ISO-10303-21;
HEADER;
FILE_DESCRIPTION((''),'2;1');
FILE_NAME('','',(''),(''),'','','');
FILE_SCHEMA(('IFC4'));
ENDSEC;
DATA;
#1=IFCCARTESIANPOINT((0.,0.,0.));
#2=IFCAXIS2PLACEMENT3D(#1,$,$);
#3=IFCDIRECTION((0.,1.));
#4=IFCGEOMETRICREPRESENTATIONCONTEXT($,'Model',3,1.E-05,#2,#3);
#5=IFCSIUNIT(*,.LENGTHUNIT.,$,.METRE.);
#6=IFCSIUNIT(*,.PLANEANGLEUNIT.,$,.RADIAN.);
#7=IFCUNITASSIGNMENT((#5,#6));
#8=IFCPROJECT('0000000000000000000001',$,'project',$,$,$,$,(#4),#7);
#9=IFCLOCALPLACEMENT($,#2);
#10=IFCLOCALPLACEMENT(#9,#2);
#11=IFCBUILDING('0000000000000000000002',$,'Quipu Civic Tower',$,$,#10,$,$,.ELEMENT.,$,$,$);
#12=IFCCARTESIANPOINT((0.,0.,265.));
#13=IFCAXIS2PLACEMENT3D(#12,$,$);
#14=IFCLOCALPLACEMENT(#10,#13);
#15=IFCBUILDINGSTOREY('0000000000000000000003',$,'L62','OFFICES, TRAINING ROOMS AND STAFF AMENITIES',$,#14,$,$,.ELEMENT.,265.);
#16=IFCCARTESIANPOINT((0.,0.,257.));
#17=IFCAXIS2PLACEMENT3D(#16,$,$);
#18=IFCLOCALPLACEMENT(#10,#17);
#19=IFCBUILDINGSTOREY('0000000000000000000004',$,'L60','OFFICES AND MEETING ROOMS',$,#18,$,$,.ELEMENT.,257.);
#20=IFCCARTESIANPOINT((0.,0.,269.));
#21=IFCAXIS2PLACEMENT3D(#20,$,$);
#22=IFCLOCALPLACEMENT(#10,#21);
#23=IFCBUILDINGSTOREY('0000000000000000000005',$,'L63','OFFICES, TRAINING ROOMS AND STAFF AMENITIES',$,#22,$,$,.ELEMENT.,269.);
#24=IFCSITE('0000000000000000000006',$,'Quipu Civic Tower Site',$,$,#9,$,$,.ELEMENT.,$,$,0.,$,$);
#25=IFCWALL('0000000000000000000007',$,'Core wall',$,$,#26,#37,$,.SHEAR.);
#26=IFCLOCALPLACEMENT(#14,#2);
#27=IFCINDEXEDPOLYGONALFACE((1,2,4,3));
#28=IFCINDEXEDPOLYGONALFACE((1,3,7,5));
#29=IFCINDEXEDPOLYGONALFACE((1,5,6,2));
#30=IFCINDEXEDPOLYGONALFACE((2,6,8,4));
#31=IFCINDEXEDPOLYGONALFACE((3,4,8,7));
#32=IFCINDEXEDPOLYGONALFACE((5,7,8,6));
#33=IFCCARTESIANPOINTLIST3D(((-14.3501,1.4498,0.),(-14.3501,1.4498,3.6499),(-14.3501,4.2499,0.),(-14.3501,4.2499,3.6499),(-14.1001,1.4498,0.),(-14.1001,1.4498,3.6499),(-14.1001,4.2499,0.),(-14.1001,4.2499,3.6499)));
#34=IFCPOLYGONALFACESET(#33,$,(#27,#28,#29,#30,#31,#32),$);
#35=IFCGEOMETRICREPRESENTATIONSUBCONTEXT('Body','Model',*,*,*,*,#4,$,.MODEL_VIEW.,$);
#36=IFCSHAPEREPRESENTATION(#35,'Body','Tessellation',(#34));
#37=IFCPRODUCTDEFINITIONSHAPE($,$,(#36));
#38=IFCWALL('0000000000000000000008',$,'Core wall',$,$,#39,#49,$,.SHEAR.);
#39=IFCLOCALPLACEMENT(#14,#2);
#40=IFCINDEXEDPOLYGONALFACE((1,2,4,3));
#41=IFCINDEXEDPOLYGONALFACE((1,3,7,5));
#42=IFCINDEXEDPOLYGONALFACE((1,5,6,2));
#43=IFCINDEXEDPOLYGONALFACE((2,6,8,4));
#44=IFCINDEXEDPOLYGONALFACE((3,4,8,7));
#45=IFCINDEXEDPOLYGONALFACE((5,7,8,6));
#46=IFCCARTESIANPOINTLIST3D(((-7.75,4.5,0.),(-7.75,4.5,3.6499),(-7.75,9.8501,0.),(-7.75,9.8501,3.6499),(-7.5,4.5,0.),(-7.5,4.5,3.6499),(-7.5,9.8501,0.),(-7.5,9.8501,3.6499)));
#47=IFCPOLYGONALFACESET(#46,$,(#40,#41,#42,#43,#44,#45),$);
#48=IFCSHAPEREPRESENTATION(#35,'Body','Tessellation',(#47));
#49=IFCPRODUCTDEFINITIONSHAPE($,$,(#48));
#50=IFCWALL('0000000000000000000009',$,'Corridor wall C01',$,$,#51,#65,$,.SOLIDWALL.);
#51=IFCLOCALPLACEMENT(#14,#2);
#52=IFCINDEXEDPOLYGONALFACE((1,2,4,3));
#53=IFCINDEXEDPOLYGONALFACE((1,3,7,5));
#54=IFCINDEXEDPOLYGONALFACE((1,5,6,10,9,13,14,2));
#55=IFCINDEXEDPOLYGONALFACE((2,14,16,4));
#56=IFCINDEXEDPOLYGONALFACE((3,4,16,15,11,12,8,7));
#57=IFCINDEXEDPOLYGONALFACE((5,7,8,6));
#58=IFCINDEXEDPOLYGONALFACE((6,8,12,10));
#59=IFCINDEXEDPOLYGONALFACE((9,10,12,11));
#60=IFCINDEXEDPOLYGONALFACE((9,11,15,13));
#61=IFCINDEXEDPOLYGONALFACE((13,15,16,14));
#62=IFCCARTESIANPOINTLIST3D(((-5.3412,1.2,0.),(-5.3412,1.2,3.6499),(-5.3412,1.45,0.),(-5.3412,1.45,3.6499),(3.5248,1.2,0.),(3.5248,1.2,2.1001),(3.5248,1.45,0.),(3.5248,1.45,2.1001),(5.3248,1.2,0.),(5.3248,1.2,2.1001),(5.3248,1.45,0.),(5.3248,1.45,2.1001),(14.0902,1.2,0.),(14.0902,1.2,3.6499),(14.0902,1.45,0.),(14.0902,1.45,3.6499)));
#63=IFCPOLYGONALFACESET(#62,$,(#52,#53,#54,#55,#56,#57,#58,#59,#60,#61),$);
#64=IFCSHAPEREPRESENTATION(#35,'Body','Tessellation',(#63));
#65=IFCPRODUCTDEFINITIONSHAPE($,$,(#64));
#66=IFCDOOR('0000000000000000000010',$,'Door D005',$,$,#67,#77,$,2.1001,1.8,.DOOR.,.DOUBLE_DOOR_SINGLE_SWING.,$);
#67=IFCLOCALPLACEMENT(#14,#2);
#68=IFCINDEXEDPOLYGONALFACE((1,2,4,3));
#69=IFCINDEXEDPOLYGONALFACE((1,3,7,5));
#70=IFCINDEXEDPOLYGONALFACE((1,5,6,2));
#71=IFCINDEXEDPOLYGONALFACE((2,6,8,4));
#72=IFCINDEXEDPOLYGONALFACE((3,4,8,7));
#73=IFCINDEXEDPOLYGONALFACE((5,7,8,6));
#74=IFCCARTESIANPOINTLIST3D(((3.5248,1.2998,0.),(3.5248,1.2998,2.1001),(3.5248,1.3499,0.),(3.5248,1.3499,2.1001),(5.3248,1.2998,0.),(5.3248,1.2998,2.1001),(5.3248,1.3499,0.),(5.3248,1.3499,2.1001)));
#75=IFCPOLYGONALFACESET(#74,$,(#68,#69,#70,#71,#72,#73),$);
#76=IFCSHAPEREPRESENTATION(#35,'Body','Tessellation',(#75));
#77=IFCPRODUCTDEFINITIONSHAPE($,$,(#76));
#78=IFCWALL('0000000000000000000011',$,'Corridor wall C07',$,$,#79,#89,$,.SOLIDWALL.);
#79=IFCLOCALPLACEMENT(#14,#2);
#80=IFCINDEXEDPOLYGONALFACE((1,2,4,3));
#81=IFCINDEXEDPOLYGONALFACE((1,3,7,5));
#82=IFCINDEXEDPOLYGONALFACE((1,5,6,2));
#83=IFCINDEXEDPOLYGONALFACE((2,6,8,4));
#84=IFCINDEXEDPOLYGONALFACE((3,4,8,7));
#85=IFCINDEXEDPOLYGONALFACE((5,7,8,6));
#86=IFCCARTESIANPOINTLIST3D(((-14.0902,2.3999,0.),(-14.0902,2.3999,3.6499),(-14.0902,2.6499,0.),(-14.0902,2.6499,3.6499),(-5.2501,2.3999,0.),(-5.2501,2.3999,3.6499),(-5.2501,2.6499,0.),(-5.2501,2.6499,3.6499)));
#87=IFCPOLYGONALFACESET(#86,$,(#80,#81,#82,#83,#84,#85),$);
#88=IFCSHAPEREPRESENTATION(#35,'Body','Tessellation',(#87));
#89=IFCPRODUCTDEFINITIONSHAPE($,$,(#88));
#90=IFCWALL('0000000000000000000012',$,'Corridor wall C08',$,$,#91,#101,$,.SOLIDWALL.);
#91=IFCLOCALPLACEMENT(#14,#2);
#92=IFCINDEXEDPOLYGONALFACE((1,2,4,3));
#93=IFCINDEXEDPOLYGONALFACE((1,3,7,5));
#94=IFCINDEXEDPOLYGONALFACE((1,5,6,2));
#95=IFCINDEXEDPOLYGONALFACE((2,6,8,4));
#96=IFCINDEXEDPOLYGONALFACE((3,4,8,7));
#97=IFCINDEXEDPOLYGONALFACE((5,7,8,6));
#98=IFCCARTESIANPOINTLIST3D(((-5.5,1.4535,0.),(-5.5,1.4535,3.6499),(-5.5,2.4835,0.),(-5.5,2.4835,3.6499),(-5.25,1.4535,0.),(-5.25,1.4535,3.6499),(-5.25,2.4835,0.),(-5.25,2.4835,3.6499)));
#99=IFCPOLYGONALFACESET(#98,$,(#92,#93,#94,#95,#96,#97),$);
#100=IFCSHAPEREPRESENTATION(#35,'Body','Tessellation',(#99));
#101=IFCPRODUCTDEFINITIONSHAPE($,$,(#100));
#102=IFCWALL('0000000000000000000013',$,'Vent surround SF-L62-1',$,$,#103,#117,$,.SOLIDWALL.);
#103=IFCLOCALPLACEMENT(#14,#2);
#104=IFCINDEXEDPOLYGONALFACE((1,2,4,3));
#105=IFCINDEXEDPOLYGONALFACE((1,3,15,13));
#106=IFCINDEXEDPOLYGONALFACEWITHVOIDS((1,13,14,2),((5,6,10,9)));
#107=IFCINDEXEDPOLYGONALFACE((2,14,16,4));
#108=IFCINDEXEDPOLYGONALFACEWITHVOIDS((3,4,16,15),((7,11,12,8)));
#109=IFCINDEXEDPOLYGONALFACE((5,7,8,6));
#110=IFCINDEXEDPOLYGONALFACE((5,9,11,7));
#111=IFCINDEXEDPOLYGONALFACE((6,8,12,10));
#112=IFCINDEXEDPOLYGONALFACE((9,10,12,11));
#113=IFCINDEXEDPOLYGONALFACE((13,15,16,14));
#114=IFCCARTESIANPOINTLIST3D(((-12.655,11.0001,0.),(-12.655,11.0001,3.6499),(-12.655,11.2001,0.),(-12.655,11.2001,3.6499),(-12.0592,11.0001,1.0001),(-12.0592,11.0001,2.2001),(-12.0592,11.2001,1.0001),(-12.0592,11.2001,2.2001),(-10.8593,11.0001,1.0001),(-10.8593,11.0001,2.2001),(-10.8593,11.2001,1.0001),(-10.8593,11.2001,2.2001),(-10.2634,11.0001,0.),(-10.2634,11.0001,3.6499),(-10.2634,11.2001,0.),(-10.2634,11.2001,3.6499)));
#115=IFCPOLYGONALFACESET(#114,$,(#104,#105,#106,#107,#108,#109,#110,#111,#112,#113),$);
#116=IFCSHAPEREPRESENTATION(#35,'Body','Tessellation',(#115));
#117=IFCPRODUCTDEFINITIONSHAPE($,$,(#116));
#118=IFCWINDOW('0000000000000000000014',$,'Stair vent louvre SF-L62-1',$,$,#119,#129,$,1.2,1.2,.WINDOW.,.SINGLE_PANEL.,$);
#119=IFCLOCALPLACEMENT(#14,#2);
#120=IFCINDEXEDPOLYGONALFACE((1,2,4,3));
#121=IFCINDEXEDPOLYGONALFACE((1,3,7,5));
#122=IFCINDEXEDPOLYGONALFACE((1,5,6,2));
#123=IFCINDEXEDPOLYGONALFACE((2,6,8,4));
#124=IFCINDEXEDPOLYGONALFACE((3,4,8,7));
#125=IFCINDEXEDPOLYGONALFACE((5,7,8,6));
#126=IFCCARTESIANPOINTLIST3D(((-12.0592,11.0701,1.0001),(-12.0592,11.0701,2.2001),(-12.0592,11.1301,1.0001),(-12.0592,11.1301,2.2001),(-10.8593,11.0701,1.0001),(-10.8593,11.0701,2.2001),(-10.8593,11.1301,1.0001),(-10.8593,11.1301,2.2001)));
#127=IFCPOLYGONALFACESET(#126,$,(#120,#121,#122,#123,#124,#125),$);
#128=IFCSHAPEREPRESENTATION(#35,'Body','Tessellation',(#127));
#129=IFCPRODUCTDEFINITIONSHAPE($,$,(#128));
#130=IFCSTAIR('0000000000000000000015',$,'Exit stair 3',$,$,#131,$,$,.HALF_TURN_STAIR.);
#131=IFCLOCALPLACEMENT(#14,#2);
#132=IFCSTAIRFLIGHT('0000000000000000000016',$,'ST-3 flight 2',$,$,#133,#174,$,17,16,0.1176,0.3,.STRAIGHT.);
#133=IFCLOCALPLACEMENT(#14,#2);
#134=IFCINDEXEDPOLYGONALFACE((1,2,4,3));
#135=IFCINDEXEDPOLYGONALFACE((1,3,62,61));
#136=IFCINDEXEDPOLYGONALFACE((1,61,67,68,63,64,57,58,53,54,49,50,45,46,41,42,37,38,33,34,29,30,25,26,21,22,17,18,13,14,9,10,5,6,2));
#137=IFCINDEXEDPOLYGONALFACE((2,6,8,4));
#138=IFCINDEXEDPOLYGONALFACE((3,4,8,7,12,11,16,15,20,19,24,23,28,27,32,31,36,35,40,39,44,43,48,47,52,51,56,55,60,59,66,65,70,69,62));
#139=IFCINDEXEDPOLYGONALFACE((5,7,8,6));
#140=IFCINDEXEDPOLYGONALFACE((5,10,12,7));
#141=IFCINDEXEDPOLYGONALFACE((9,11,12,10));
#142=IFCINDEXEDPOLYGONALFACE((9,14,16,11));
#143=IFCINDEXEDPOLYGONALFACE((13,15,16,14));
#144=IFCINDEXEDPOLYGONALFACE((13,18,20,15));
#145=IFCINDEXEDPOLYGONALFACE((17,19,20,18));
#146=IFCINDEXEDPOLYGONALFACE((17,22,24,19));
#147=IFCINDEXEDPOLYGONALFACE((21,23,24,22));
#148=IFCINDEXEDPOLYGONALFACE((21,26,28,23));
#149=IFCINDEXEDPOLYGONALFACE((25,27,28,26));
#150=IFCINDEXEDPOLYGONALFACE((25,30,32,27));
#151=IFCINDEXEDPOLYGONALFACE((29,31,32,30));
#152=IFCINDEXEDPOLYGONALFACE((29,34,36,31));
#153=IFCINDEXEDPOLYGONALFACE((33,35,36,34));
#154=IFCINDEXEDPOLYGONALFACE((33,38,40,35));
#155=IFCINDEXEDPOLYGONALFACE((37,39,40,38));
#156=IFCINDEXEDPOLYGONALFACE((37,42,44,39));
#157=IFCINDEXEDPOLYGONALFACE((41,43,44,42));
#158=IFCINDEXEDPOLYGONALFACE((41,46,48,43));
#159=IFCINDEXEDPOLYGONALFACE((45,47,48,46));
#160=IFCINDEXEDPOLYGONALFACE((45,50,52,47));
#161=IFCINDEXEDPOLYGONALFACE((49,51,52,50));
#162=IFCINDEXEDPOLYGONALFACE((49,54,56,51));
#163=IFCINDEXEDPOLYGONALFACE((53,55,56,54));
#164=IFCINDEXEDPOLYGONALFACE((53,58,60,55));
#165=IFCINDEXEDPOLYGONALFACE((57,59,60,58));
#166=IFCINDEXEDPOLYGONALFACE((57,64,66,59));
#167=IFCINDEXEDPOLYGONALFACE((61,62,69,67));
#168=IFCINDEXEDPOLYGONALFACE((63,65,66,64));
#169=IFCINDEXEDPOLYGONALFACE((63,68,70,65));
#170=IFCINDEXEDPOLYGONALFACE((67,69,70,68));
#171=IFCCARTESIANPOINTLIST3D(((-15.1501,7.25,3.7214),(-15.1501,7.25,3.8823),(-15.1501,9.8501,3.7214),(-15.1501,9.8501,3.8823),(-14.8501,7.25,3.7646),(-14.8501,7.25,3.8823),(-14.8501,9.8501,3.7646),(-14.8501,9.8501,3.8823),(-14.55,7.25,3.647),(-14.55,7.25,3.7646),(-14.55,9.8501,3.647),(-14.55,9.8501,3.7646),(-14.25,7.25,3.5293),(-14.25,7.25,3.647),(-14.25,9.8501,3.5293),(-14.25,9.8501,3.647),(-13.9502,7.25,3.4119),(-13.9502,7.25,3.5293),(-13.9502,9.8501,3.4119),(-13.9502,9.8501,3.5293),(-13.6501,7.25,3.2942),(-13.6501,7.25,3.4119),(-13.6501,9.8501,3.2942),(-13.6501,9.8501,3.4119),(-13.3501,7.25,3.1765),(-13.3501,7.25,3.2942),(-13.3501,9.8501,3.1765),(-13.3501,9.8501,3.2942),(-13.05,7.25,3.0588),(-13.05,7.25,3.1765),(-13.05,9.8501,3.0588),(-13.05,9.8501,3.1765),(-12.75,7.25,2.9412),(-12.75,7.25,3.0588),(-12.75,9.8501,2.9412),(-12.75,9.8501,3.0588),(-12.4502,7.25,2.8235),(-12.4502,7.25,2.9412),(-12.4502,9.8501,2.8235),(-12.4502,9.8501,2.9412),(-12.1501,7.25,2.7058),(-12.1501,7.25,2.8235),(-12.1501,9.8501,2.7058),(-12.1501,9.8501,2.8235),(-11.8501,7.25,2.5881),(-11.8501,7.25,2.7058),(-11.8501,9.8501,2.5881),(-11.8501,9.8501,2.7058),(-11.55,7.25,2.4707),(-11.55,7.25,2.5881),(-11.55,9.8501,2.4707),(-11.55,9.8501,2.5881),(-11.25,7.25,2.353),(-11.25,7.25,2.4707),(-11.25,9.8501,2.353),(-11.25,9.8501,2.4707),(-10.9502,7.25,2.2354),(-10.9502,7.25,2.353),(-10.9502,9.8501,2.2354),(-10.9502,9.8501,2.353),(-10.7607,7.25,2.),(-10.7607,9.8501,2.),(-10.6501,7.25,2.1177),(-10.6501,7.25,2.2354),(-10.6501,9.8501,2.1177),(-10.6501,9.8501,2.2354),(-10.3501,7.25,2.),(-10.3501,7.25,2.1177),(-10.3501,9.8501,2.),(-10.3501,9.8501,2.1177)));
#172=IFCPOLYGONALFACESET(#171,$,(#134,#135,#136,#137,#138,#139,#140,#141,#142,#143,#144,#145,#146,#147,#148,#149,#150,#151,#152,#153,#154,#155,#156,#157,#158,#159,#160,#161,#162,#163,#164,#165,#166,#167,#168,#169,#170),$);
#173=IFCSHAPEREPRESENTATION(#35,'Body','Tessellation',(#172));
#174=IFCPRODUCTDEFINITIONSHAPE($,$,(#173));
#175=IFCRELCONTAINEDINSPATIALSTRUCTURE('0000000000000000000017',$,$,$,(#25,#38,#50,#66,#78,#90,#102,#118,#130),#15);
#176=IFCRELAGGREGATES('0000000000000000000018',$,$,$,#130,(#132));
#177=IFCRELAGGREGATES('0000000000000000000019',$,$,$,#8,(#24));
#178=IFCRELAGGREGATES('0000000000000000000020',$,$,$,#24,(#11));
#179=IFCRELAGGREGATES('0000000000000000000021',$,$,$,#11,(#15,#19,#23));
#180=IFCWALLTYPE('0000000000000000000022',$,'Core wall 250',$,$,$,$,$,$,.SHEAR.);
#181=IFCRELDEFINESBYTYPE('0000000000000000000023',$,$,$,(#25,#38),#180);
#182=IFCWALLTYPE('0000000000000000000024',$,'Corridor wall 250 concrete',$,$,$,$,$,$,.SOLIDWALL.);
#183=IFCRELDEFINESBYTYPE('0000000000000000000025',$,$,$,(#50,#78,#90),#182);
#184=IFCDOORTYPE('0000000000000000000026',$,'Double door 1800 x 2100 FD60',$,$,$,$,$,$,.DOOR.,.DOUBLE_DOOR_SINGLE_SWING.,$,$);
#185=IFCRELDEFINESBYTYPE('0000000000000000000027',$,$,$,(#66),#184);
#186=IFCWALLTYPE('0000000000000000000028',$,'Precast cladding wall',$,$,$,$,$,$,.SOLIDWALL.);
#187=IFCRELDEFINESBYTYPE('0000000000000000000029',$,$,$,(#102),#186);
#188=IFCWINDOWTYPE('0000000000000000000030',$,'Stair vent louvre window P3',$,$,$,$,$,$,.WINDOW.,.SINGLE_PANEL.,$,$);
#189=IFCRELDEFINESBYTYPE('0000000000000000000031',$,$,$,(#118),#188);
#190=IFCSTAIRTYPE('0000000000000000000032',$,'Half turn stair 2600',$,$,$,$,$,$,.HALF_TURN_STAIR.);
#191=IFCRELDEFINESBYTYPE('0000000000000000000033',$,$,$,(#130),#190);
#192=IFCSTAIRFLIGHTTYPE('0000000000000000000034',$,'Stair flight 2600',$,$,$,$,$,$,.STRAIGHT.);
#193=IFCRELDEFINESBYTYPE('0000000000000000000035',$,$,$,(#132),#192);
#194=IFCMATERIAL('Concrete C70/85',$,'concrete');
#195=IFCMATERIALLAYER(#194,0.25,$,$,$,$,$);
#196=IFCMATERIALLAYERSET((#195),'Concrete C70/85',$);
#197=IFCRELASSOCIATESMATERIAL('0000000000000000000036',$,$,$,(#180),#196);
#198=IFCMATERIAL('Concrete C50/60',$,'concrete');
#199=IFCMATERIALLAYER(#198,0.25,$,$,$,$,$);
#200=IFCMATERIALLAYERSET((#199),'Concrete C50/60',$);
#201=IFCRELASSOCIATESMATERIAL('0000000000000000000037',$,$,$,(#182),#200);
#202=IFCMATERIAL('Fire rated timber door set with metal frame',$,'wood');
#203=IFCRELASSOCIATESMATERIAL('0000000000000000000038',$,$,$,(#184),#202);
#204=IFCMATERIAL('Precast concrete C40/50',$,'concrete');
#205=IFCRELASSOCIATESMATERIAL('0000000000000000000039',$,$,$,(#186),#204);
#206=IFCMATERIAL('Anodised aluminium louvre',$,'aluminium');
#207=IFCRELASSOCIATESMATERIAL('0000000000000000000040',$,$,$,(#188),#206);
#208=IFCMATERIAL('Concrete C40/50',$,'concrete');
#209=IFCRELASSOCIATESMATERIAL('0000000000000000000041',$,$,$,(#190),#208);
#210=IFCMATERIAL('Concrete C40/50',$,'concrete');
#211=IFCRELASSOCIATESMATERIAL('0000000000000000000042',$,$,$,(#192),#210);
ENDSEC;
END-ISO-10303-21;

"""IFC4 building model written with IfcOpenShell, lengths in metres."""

from ifc_helpers import new_model, si_unit, direction, frame, frame_2d, origin, place, context, subcontext, project, spatial, polyline, rectangle, outline, extrude, material, layer, layer_set, type_object, element, fill, aggregate, save


model = new_model("IFC4")

# Units and contexts
model_context = context("Model", 3, precision=1e-05, world=origin(), true_north=direction((0.0, 1.0)))
body_context = subcontext(model_context, "Body", "Model", "MODEL_VIEW")
ifc_project = project(units=[si_unit("LENGTHUNIT", "METRE"), si_unit("PLANEANGLEUNIT", "RADIAN")], contexts=[model_context])

# Site, building, storey
site_placement = place(None, origin())
site = spatial("IfcSite", under=ifc_project, at=site_placement, Name="Quipu Civic Tower Site", CompositionType="ELEMENT", RefElevation=0.0)
building_placement = place(site_placement, origin())
building = spatial("IfcBuilding", under=site, at=building_placement, Name="Quipu Civic Tower", CompositionType="ELEMENT")
storey_1_placement = place(building_placement, frame((0.0, 0.0, 265.0)))
storey_1 = spatial("IfcBuildingStorey", under=building, at=storey_1_placement, Name="L62", Description="OFFICES, TRAINING ROOMS AND STAFF AMENITIES", CompositionType="ELEMENT", Elevation=265.0)

# Shared definitions
storey_2_placement = place(building_placement, frame((0.0, 0.0, 257.0)))
storey_2 = spatial("IfcBuildingStorey", under=building, at=storey_2_placement, Name="L60", Description="OFFICES AND MEETING ROOMS", CompositionType="ELEMENT", Elevation=257.0)

# Shared definitions
storey_3_placement = place(building_placement, frame((0.0, 0.0, 269.0)))
storey_3 = spatial("IfcBuildingStorey", under=building, at=storey_3_placement, Name="L63", Description="OFFICES, TRAINING ROOMS AND STAFF AMENITIES", CompositionType="ELEMENT", Elevation=269.0)

# Walls
ifc_material_1 = material(Name="Concrete C70/85", Category="concrete")
ifc_layer_1 = layer(ifc_material_1, 0.25)
ifc_layer_set_1 = layer_set([ifc_layer_1], Name="Concrete C70/85")
wall_type_1 = type_object("IfcWallType", Name="Core wall 250", PredefinedType="SHEAR", material=ifc_layer_set_1)
wall_1_placement = place(storey_1_placement, frame((-14.2251, 1.45, 0.0), z_axis=(0.0, 0.0, 1.0), x_axis=(0.0, 1.0, 0.0)))
element("IfcWall", 1, at=wall_1_placement, inside=storey_1, type_object=wall_type_1, Name="Core wall", PredefinedType="SHEAR", context=body_context, shape_type="SweptSolid", body=[
    extrude(rectangle(XDim=2.8, YDim=0.25, at=frame_2d((1.3999, 0.0))), origin(), (0.0, 0.0, 1.0), 3.6499),
])
wall_2_placement = place(storey_1_placement, frame((-7.625, 4.5, 0.0), z_axis=(0.0, 0.0, 1.0), x_axis=(0.0, 1.0, 0.0)))
element("IfcWall", 2, at=wall_2_placement, inside=storey_1, type_object=wall_type_1, Name="Core wall", PredefinedType="SHEAR", context=body_context, shape_type="SweptSolid", body=[
    extrude(rectangle(XDim=5.3501, YDim=0.25, at=frame_2d((2.675, 0.0))), origin(), (0.0, 0.0, 1.0), 3.6499),
])

# Wall, opening, door
ifc_material_2 = material(Name="Concrete C50/60", Category="concrete")
ifc_layer_2 = layer(ifc_material_2, 0.25)
ifc_layer_set_2 = layer_set([ifc_layer_2], Name="Concrete C50/60")
wall_type_2 = type_object("IfcWallType", Name="Corridor wall 250 concrete", PredefinedType="SOLIDWALL", material=ifc_layer_set_2)
wall_3_placement = place(storey_1_placement, frame((-5.3413, 1.325, 0.0), z_axis=(0.0, 0.0, 1.0), x_axis=(1.0, 0.0, 0.0)))
wall_3 = element("IfcWall", 3, at=wall_3_placement, inside=storey_1, type_object=wall_type_2, Name="Corridor wall C01", PredefinedType="SOLIDWALL", context=body_context, shape_type="SweptSolid", body=[
    extrude(rectangle(XDim=19.4314, YDim=0.25, at=frame_2d((9.7158, 0.0))), origin(), (0.0, 0.0, 1.0), 3.6499),
])
opening_1_placement = place(wall_3_placement, frame((8.8662, 0.0, 0.0)))
opening_1 = element("IfcOpeningElement", 4, at=opening_1_placement, cuts=wall_3, PredefinedType="OPENING", context=body_context, shape_type="SweptSolid", body=[
    extrude(rectangle(XDim=1.8, YDim=2.1001, at=frame_2d((0.8999, 1.05))), frame((0.0, 0.135, 0.0), z_axis=(0.0, -1.0, 0.0), x_axis=(1.0, 0.0, 0.0)), (0.0, 0.0, 1.0), 0.27),
])
ifc_material_3 = material(Name="Fire rated timber door set with metal frame", Category="wood")
door_type = type_object("IfcDoorType", Name="Double door 1800 x 2100 FD60", OperationType="DOUBLE_DOOR_SINGLE_SWING", PredefinedType="DOOR", material=ifc_material_3)
door_placement = place(opening_1_placement, origin())
door = element("IfcDoor", 5, at=door_placement, inside=storey_1, type_object=door_type, Name="Door D005", OperationType="DOUBLE_DOOR_SINGLE_SWING", OverallHeight=2.1001, OverallWidth=1.8, PredefinedType="DOOR", context=body_context, shape_type="SweptSolid", body=[
    extrude(rectangle(XDim=1.8, YDim=2.1001, at=frame_2d((0.8999, 1.05))), frame((0.0, 0.0249, 0.0), z_axis=(0.0, -1.0, 0.0), x_axis=(1.0, 0.0, 0.0)), (0.0, 0.0, 1.0), 0.05),
])
fill(opening_1, door)

# Walls
wall_4_placement = place(storey_1_placement, frame((-14.0901, 2.5249, 0.0), z_axis=(0.0, 0.0, 1.0), x_axis=(1.0, 0.0, 0.0)))
element("IfcWall", 6, at=wall_4_placement, inside=storey_1, type_object=wall_type_2, Name="Corridor wall C07", PredefinedType="SOLIDWALL", context=body_context, shape_type="SweptSolid", body=[
    extrude(rectangle(XDim=8.8401, YDim=0.25, at=frame_2d((4.4199, 0.0))), origin(), (0.0, 0.0, 1.0), 3.6499),
])
wall_5_placement = place(storey_1_placement, frame((-5.375, 2.4836, 0.0), z_axis=(0.0, 0.0, 1.0), x_axis=(0.0, -1.0, 0.0)))
element("IfcWall", 7, at=wall_5_placement, inside=storey_1, type_object=wall_type_2, Name="Corridor wall C08", PredefinedType="SOLIDWALL", context=body_context, shape_type="SweptSolid", body=[
    extrude(rectangle(XDim=1.03, YDim=0.25, at=frame_2d((0.5151, 0.0))), origin(), (0.0, 0.0, 1.0), 3.6499),
])

# Wall, opening, window
ifc_material_4 = material(Name="Precast concrete C40/50", Category="concrete")
wall_type_3 = type_object("IfcWallType", Name="Precast cladding wall", PredefinedType="SOLIDWALL", material=ifc_material_4)
wall_6_placement = place(storey_1_placement, frame((-10.2634, 11.1001, 0.0), z_axis=(0.0, 0.0, 1.0), x_axis=(-1.0, 0.0, 0.0)))
wall_6 = element("IfcWall", 8, at=wall_6_placement, inside=storey_1, type_object=wall_type_3, Name="Vent surround SF-L62-1", PredefinedType="SOLIDWALL", context=body_context, shape_type="SweptSolid", body=[
    extrude(rectangle(XDim=2.3916, YDim=0.2, at=frame_2d((1.1958, 0.0))), origin(), (0.0, 0.0, 1.0), 3.6499),
])
opening_2_placement = place(wall_6_placement, frame((0.5957, 0.0, 1.0)))
opening_2 = element("IfcOpeningElement", 9, at=opening_2_placement, cuts=wall_6, PredefinedType="OPENING", context=body_context, shape_type="SweptSolid", body=[
    extrude(rectangle(XDim=1.2, YDim=1.2, at=frame_2d((0.6001, 0.6001))), frame((0.0, 0.1099, 0.0), z_axis=(0.0, -1.0, 0.0), x_axis=(1.0, 0.0, 0.0)), (0.0, 0.0, 1.0), 0.22),
])
ifc_material_5 = material(Name="Anodised aluminium louvre", Category="aluminium")
window_type = type_object("IfcWindowType", Name="Stair vent louvre window P3", PartitioningType="SINGLE_PANEL", PredefinedType="WINDOW", material=ifc_material_5)
window_placement = place(opening_2_placement, origin())
window = element("IfcWindow", 10, at=window_placement, inside=storey_1, type_object=window_type, Name="Stair vent louvre SF-L62-1", OverallHeight=1.2, OverallWidth=1.2, PartitioningType="SINGLE_PANEL", PredefinedType="WINDOW", context=body_context, shape_type="SweptSolid", body=[
    extrude(rectangle(XDim=1.2, YDim=1.2, at=frame_2d((0.6001, 0.6001))), frame((0.0, 0.03, 0.0), z_axis=(0.0, -1.0, 0.0), x_axis=(1.0, 0.0, 0.0)), (0.0, 0.0, 1.0), 0.0601),
])
fill(opening_2, window)

# Stair, stair flight
ifc_material_6 = material(Name="Concrete C40/50", Category="concrete")
stair_type = type_object("IfcStairType", Name="Half turn stair 2600", PredefinedType="HALF_TURN_STAIR", material=ifc_material_6)
stair_placement = place(storey_1_placement, origin())
stair = element("IfcStair", 11, at=stair_placement, inside=storey_1, type_object=stair_type, Name="Exit stair 3", PredefinedType="HALF_TURN_STAIR")
ifc_material_7 = material(Name="Concrete C40/50", Category="concrete")
stair_flight_type = type_object("IfcStairFlightType", Name="Stair flight 2600", PredefinedType="STRAIGHT", material=ifc_material_7)
stair_flight_placement = place(storey_1_placement, frame((-10.3501, 8.55, 2.0), z_axis=(0.0, 0.0, 1.0), x_axis=(-1.0, 0.0, 0.0)))
stair_flight = element("IfcStairFlight", 12, at=stair_flight_placement, type_object=stair_flight_type, Name="ST-3 flight 2", NumberOfRisers=17, NumberOfTreads=16, PredefinedType="STRAIGHT", RiserHeight=0.1176, TreadLength=0.3, context=body_context, shape_type="SweptSolid", body=[
    extrude(outline(polyline([(0.0, 0.0), (0.0, 0.1177), (0.3, 0.1177), (0.3, 0.2354), (0.6001, 0.2354), (0.6001, 0.353), (0.8999, 0.353), (0.8999, 0.4707), (1.2, 0.4707), (1.2, 0.5881), (1.5, 0.5881), (1.5, 0.7058), (1.8, 0.7058), (1.8, 0.8235), (2.1001, 0.8235), (2.1001, 0.9412), (2.3999, 0.9412), (2.3999, 1.0588), (2.7, 1.0588), (2.7, 1.1765), (3.0, 1.1765), (3.0, 1.2942), (3.3, 1.2942), (3.3, 1.4119), (3.6001, 1.4119), (3.6001, 1.5293), (3.8999, 1.5293), (3.8999, 1.647), (4.2, 1.647), (4.2, 1.7646), (4.5, 1.7646), (4.5, 1.8823), (4.8, 1.8823), (4.8, 2.0), (4.8, 1.7214), (0.4106, 0.0), (0.0, 0.0)])), frame((0.0, 1.3, 0.0), z_axis=(0.0, -1.0, 0.0), x_axis=(1.0, 0.0, 0.0)), (0.0, 0.0, 1.0), 2.6001),
])
aggregate(stair, [stair_flight])

save(model, "model.ifc")
